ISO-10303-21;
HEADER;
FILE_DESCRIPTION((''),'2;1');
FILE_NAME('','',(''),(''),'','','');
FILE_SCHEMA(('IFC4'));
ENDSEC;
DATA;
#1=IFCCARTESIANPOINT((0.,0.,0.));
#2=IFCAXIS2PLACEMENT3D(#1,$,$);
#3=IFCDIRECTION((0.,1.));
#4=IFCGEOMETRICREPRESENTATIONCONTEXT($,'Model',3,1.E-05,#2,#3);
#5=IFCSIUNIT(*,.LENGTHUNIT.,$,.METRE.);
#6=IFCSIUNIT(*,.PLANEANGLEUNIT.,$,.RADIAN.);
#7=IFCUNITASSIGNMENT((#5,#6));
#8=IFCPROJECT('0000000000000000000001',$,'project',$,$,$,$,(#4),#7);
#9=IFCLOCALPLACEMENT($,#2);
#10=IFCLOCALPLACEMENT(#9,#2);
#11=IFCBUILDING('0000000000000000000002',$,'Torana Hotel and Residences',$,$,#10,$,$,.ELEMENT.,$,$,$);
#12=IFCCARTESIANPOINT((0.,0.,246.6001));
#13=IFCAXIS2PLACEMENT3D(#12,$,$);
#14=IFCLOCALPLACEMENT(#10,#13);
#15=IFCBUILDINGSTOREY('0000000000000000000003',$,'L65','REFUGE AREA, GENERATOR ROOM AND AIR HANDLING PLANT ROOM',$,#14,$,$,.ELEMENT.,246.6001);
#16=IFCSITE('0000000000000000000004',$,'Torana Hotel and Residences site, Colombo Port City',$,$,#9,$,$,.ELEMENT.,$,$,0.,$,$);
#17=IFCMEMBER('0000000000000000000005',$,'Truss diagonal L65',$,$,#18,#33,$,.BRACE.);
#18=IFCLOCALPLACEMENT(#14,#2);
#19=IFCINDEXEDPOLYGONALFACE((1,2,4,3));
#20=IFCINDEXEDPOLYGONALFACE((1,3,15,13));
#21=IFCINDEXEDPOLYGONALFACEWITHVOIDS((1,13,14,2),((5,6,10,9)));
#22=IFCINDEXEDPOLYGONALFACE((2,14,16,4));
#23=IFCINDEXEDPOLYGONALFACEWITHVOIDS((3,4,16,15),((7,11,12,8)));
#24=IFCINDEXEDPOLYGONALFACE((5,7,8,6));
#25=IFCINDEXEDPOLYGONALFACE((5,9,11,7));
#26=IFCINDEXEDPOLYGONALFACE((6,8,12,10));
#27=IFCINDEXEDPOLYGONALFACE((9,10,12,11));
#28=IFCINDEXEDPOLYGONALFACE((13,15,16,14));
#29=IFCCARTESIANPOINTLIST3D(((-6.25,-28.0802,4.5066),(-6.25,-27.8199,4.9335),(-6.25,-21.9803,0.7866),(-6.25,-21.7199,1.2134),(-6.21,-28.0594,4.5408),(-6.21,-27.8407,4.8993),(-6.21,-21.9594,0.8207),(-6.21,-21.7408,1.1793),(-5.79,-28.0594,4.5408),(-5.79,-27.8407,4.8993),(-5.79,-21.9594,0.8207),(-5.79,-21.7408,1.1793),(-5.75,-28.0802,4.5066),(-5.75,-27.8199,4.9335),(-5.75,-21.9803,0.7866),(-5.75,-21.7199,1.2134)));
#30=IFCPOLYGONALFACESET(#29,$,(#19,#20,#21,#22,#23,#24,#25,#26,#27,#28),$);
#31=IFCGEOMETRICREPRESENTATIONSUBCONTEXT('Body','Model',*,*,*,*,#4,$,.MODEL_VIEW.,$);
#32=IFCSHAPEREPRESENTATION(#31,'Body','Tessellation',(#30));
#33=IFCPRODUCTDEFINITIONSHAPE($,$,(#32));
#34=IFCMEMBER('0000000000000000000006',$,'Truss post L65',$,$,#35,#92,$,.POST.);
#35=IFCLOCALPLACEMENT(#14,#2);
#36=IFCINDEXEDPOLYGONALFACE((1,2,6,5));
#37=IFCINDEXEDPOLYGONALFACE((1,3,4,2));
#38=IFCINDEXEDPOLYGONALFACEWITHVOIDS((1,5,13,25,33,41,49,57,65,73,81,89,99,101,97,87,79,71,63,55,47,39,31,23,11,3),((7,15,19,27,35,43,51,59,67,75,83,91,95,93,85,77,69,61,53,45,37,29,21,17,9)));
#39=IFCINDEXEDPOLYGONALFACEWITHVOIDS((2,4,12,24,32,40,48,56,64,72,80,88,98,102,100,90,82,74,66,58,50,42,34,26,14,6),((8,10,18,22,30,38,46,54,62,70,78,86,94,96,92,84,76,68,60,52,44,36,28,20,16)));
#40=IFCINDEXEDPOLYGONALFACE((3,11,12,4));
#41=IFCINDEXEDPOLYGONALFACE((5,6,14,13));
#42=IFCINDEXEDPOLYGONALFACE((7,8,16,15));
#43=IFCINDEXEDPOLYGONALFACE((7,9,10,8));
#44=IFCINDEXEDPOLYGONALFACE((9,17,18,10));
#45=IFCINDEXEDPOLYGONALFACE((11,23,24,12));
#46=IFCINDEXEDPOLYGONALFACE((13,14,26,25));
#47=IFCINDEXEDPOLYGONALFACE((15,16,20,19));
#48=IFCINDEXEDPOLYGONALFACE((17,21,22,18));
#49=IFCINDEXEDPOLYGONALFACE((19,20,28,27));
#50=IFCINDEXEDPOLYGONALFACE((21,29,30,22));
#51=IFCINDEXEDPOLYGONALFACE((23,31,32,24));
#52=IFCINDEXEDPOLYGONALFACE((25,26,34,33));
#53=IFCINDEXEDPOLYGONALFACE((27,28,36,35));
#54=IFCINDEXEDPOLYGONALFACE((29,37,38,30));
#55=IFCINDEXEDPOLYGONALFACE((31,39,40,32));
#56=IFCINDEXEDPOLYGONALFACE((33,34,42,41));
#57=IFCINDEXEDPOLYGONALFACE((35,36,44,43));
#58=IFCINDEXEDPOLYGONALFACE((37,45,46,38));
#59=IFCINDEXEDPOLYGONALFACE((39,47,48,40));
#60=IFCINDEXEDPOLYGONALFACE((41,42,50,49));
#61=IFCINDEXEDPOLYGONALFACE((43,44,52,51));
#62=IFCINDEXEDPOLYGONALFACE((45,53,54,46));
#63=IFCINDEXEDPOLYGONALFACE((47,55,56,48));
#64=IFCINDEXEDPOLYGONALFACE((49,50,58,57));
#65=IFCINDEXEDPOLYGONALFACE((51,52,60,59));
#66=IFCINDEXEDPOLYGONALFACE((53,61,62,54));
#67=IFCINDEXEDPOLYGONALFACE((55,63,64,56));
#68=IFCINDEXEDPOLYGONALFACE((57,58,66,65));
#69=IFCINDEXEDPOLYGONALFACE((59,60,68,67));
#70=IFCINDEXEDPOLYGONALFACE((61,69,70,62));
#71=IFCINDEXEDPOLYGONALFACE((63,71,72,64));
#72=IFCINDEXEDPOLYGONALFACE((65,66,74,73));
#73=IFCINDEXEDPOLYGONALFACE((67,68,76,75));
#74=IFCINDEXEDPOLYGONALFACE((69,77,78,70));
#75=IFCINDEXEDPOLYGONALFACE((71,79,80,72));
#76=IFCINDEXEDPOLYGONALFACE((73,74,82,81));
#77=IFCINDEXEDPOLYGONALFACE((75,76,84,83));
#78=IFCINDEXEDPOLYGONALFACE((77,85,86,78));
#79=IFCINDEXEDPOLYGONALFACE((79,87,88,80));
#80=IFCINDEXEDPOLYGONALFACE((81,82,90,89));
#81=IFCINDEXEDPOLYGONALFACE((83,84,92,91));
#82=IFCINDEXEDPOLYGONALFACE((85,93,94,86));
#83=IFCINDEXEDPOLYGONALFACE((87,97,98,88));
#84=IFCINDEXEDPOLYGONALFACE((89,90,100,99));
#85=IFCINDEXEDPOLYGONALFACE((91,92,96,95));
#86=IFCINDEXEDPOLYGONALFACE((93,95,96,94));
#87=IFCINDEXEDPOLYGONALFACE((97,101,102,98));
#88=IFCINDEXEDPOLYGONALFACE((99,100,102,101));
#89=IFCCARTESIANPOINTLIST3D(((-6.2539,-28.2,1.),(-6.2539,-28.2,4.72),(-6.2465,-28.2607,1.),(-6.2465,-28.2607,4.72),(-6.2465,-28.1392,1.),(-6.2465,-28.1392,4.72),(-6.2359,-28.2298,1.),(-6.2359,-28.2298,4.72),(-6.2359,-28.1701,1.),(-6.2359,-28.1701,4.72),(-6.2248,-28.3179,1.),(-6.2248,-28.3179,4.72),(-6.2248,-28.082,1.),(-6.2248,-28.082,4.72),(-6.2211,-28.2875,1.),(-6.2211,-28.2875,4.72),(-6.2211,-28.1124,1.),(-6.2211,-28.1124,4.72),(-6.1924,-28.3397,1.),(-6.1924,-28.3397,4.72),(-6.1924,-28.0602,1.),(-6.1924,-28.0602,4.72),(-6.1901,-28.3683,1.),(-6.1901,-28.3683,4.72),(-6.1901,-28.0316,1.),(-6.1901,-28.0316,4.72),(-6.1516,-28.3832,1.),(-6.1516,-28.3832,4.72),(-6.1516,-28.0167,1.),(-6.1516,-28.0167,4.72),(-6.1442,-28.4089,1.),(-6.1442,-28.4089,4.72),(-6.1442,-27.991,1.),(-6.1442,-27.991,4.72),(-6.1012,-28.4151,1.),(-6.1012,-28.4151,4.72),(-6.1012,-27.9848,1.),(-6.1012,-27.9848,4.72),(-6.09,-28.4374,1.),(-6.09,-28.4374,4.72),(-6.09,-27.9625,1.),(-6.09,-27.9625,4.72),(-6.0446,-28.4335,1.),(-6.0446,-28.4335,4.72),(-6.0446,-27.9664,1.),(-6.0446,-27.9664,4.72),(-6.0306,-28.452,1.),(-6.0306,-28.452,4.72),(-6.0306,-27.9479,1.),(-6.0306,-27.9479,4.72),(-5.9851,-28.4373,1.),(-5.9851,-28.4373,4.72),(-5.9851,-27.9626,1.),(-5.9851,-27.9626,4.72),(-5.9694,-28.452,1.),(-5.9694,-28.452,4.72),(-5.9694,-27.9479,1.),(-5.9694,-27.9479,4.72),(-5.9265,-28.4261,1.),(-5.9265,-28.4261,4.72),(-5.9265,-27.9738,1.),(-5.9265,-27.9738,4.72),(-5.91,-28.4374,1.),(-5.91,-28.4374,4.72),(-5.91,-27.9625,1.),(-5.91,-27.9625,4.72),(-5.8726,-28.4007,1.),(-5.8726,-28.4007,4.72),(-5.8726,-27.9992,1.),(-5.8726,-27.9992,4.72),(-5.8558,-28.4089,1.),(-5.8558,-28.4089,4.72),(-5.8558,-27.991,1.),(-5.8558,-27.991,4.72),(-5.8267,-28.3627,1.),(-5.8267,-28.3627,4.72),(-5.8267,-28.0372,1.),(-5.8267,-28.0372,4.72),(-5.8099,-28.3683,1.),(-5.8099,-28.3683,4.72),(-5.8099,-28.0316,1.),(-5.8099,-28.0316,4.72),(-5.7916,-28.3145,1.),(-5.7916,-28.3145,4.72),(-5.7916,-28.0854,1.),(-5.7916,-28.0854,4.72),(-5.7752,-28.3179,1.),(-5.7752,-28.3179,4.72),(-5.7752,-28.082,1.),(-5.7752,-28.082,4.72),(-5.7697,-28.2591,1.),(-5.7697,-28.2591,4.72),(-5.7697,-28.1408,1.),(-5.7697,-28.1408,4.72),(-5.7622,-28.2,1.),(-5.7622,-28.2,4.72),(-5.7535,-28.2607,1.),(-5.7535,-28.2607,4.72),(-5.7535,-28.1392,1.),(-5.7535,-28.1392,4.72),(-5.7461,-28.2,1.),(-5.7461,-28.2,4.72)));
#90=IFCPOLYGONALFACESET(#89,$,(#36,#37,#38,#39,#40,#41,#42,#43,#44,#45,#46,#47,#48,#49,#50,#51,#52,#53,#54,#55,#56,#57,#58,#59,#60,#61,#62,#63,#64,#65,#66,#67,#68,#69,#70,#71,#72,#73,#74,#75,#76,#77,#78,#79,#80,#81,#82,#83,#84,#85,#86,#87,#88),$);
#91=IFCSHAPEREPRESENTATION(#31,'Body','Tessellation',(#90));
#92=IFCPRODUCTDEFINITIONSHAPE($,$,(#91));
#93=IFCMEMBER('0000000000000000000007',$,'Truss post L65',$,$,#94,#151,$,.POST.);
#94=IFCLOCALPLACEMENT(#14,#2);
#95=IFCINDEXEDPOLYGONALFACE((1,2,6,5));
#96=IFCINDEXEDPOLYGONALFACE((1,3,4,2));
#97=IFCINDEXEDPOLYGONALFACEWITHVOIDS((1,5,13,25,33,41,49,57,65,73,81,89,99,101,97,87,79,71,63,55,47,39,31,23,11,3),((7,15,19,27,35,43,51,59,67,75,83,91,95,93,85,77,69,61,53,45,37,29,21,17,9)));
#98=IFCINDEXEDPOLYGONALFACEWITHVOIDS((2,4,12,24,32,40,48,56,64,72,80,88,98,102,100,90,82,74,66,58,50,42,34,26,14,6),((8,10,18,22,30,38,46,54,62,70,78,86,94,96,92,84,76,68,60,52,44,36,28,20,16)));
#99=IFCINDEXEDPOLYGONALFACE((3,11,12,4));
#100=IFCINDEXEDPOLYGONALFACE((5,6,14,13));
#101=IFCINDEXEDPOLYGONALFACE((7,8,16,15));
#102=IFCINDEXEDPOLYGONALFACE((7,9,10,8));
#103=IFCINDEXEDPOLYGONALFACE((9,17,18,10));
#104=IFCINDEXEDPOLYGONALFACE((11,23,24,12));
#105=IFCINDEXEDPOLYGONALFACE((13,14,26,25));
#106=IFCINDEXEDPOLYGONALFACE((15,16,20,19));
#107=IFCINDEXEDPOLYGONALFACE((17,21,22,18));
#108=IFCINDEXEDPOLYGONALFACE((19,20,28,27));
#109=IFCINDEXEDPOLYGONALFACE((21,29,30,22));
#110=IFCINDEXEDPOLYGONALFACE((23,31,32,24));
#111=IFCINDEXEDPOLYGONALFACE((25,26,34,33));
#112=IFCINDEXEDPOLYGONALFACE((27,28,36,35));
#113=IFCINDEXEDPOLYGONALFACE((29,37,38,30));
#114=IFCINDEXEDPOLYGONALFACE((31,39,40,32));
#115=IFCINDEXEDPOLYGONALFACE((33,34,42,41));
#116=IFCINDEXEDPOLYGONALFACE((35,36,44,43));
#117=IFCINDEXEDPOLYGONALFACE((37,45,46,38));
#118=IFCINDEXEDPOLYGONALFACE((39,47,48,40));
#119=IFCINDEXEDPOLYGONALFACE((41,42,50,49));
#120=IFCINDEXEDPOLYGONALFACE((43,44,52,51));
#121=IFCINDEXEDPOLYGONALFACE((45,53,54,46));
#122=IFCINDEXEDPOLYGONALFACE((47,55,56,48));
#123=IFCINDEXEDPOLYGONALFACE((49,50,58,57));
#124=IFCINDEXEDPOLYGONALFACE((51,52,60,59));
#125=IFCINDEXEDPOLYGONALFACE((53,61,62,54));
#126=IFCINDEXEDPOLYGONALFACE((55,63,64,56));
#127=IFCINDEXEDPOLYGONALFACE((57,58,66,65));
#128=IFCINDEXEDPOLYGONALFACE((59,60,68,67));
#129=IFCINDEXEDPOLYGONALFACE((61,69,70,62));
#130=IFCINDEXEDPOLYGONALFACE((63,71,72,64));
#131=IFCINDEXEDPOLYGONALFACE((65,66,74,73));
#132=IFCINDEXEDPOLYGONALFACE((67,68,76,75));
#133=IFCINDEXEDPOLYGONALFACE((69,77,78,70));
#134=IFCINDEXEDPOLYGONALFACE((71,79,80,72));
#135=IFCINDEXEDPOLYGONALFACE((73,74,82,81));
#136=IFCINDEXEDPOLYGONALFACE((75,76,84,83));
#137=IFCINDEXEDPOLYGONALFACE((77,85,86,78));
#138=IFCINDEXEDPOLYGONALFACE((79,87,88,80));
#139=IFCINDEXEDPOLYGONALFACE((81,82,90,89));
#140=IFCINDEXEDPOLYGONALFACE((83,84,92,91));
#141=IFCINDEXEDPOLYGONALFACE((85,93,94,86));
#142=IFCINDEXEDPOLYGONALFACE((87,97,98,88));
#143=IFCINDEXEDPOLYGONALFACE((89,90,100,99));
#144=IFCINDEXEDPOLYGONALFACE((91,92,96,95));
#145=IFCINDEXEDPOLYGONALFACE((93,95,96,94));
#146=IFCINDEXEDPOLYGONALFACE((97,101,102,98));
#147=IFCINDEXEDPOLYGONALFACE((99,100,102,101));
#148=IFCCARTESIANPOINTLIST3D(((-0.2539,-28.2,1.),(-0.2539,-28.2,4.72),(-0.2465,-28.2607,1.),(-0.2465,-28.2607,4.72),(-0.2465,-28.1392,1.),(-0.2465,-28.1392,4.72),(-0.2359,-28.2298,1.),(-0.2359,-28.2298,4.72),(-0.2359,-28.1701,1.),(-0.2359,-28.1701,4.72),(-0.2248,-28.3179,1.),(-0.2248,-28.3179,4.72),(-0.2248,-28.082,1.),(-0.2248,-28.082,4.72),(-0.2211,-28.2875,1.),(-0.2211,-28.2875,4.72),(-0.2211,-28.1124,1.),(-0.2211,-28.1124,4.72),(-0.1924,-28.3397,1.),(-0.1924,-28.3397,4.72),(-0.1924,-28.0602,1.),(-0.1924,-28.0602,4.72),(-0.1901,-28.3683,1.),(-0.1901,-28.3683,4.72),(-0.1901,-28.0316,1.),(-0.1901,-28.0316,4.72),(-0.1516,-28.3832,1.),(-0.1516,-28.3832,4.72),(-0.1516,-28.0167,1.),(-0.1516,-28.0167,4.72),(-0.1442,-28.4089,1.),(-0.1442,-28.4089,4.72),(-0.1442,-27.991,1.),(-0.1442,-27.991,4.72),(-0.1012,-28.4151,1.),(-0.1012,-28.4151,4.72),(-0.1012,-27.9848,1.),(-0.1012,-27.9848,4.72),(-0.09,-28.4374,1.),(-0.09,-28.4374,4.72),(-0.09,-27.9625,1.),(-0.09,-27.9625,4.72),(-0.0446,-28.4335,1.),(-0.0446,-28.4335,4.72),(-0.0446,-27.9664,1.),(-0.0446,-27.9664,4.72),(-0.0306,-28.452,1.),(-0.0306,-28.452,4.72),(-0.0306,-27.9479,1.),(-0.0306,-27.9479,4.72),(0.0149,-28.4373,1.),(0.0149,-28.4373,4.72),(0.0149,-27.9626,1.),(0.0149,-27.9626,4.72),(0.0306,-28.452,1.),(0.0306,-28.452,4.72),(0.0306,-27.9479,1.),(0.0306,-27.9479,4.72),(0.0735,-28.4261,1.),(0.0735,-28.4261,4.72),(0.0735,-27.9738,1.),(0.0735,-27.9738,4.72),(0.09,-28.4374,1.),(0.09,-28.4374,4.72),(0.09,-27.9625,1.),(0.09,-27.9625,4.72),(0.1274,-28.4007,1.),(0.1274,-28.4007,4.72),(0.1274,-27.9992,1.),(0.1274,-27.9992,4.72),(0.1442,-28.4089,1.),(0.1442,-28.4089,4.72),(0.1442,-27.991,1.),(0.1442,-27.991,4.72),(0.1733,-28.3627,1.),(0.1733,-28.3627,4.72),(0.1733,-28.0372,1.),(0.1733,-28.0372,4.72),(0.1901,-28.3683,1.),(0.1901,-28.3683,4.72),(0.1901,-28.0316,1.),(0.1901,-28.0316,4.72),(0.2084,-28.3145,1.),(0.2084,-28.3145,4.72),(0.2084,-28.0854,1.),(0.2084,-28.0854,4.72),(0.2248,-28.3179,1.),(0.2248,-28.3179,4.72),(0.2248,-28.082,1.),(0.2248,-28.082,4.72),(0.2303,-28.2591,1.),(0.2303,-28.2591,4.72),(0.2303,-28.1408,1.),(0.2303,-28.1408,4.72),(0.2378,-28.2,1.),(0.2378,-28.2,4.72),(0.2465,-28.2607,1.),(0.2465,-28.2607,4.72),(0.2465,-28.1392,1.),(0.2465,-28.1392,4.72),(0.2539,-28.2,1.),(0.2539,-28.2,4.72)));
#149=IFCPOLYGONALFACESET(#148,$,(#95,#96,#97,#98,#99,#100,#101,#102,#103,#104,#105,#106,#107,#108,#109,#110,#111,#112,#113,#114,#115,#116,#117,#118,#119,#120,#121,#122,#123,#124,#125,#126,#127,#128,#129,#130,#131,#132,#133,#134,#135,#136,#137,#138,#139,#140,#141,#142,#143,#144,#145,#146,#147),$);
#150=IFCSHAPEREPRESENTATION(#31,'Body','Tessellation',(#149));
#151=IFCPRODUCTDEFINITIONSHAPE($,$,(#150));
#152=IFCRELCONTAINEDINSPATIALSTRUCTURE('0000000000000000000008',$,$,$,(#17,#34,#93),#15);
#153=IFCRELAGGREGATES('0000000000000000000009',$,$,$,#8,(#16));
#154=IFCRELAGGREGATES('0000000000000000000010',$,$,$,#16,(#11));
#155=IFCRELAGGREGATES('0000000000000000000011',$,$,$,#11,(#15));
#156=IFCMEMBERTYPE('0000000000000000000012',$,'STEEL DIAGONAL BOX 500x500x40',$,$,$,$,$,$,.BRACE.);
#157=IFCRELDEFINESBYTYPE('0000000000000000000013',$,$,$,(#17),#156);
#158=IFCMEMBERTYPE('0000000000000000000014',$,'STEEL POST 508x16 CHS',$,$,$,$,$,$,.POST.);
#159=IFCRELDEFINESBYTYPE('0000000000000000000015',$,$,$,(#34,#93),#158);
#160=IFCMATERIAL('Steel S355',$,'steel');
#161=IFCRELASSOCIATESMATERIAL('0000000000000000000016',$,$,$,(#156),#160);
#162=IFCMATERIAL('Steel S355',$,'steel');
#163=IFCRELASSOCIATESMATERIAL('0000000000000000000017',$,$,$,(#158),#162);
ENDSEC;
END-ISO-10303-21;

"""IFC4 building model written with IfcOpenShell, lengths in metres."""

from ifc_helpers import new_model, si_unit, direction, frame, origin, origin_2d, place, context, subcontext, project, spatial, hollow_rectangle, hollow_circle, extrude, material, material_profile, profile_set, type_object, element, save


model = new_model("IFC4")

# Units and contexts
model_context = context("Model", 3, precision=1e-05, world=origin(), true_north=direction((0.0, 1.0)))
body_context = subcontext(model_context, "Body", "Model", "MODEL_VIEW")
ifc_project = project(units=[si_unit("LENGTHUNIT", "METRE"), si_unit("PLANEANGLEUNIT", "RADIAN")], contexts=[model_context])

# Site, building, storey
site_placement = place(None, origin())
site = spatial("IfcSite", under=ifc_project, at=site_placement, Name="Torana Hotel and Residences site, Colombo Port City", CompositionType="ELEMENT", RefElevation=0.0)
building_placement = place(site_placement, origin())
building = spatial("IfcBuilding", under=site, at=building_placement, Name="Torana Hotel and Residences", CompositionType="ELEMENT")
storey_placement = place(building_placement, frame((0.0, 0.0, 246.6001)))
storey = spatial("IfcBuildingStorey", under=building, at=storey_placement, Name="L65", Description="REFUGE AREA, GENERATOR ROOM AND AIR HANDLING PLANT ROOM", CompositionType="ELEMENT", Elevation=246.6001)

# Members
ifc_material_1 = material(Name="Steel S355", Category="steel")
ifc_material_profile_1 = material_profile(ifc_material_1, hollow_rectangle(XDim=0.5, YDim=0.5, WallThickness=0.04, at=origin_2d()), Name="BOX 500x500x40")
ifc_profile_set_1 = profile_set([ifc_material_profile_1], Name="Steel S355")
member_type_1 = type_object("IfcMemberType", Name="STEEL DIAGONAL BOX 500x500x40", PredefinedType="BRACE", material=ifc_profile_set_1)
for number, where, z_axis, x_axis, name in (
    (1, (-6.0, -21.8501, 1.0), (0.0, -0.853762, 0.520663), (1.0, 0.0, 0.0), "Truss diagonal L65"),
):
    element("IfcMember", number, at=place(storey_placement, frame(where, z_axis=z_axis, x_axis=x_axis)), inside=storey, type_object=member_type_1, Name=name, PredefinedType="BRACE", context=body_context, shape_type="SweptSolid", body=[
        extrude(hollow_rectangle(XDim=0.5, YDim=0.5, WallThickness=0.04, at=origin_2d()), origin(), (0.0, 0.0, 1.0), 7.1448),
    ])
ifc_material_2 = material(Name="Steel S355", Category="steel")
ifc_material_profile_2 = material_profile(ifc_material_2, hollow_circle(Radius=0.2539, WallThickness=0.0161, at=origin_2d()), Name="508x16 CHS")
ifc_profile_set_2 = profile_set([ifc_material_profile_2], Name="Steel S355")
member_type_2 = type_object("IfcMemberType", Name="STEEL POST 508x16 CHS", PredefinedType="POST", material=ifc_profile_set_2)
for number, where, z_axis, x_axis, name in (
    (2, (-6.0, -28.2, 1.0), (0.0, 0.0, 1.0), (1.0, 0.0, 0.0), "Truss post L65"),
    (3, (0.0, -28.2, 1.0), (0.0, 0.0, 1.0), (1.0, 0.0, 0.0), "Truss post L65"),
):
    element("IfcMember", number, at=place(storey_placement, frame(where, z_axis=z_axis, x_axis=x_axis)), inside=storey, type_object=member_type_2, Name=name, PredefinedType="POST", context=body_context, shape_type="SweptSolid", body=[
        extrude(hollow_circle(Radius=0.2539, WallThickness=0.0161, at=origin_2d()), origin(), (0.0, 0.0, 1.0), 3.72),
    ])

save(model, "model.ifc")
